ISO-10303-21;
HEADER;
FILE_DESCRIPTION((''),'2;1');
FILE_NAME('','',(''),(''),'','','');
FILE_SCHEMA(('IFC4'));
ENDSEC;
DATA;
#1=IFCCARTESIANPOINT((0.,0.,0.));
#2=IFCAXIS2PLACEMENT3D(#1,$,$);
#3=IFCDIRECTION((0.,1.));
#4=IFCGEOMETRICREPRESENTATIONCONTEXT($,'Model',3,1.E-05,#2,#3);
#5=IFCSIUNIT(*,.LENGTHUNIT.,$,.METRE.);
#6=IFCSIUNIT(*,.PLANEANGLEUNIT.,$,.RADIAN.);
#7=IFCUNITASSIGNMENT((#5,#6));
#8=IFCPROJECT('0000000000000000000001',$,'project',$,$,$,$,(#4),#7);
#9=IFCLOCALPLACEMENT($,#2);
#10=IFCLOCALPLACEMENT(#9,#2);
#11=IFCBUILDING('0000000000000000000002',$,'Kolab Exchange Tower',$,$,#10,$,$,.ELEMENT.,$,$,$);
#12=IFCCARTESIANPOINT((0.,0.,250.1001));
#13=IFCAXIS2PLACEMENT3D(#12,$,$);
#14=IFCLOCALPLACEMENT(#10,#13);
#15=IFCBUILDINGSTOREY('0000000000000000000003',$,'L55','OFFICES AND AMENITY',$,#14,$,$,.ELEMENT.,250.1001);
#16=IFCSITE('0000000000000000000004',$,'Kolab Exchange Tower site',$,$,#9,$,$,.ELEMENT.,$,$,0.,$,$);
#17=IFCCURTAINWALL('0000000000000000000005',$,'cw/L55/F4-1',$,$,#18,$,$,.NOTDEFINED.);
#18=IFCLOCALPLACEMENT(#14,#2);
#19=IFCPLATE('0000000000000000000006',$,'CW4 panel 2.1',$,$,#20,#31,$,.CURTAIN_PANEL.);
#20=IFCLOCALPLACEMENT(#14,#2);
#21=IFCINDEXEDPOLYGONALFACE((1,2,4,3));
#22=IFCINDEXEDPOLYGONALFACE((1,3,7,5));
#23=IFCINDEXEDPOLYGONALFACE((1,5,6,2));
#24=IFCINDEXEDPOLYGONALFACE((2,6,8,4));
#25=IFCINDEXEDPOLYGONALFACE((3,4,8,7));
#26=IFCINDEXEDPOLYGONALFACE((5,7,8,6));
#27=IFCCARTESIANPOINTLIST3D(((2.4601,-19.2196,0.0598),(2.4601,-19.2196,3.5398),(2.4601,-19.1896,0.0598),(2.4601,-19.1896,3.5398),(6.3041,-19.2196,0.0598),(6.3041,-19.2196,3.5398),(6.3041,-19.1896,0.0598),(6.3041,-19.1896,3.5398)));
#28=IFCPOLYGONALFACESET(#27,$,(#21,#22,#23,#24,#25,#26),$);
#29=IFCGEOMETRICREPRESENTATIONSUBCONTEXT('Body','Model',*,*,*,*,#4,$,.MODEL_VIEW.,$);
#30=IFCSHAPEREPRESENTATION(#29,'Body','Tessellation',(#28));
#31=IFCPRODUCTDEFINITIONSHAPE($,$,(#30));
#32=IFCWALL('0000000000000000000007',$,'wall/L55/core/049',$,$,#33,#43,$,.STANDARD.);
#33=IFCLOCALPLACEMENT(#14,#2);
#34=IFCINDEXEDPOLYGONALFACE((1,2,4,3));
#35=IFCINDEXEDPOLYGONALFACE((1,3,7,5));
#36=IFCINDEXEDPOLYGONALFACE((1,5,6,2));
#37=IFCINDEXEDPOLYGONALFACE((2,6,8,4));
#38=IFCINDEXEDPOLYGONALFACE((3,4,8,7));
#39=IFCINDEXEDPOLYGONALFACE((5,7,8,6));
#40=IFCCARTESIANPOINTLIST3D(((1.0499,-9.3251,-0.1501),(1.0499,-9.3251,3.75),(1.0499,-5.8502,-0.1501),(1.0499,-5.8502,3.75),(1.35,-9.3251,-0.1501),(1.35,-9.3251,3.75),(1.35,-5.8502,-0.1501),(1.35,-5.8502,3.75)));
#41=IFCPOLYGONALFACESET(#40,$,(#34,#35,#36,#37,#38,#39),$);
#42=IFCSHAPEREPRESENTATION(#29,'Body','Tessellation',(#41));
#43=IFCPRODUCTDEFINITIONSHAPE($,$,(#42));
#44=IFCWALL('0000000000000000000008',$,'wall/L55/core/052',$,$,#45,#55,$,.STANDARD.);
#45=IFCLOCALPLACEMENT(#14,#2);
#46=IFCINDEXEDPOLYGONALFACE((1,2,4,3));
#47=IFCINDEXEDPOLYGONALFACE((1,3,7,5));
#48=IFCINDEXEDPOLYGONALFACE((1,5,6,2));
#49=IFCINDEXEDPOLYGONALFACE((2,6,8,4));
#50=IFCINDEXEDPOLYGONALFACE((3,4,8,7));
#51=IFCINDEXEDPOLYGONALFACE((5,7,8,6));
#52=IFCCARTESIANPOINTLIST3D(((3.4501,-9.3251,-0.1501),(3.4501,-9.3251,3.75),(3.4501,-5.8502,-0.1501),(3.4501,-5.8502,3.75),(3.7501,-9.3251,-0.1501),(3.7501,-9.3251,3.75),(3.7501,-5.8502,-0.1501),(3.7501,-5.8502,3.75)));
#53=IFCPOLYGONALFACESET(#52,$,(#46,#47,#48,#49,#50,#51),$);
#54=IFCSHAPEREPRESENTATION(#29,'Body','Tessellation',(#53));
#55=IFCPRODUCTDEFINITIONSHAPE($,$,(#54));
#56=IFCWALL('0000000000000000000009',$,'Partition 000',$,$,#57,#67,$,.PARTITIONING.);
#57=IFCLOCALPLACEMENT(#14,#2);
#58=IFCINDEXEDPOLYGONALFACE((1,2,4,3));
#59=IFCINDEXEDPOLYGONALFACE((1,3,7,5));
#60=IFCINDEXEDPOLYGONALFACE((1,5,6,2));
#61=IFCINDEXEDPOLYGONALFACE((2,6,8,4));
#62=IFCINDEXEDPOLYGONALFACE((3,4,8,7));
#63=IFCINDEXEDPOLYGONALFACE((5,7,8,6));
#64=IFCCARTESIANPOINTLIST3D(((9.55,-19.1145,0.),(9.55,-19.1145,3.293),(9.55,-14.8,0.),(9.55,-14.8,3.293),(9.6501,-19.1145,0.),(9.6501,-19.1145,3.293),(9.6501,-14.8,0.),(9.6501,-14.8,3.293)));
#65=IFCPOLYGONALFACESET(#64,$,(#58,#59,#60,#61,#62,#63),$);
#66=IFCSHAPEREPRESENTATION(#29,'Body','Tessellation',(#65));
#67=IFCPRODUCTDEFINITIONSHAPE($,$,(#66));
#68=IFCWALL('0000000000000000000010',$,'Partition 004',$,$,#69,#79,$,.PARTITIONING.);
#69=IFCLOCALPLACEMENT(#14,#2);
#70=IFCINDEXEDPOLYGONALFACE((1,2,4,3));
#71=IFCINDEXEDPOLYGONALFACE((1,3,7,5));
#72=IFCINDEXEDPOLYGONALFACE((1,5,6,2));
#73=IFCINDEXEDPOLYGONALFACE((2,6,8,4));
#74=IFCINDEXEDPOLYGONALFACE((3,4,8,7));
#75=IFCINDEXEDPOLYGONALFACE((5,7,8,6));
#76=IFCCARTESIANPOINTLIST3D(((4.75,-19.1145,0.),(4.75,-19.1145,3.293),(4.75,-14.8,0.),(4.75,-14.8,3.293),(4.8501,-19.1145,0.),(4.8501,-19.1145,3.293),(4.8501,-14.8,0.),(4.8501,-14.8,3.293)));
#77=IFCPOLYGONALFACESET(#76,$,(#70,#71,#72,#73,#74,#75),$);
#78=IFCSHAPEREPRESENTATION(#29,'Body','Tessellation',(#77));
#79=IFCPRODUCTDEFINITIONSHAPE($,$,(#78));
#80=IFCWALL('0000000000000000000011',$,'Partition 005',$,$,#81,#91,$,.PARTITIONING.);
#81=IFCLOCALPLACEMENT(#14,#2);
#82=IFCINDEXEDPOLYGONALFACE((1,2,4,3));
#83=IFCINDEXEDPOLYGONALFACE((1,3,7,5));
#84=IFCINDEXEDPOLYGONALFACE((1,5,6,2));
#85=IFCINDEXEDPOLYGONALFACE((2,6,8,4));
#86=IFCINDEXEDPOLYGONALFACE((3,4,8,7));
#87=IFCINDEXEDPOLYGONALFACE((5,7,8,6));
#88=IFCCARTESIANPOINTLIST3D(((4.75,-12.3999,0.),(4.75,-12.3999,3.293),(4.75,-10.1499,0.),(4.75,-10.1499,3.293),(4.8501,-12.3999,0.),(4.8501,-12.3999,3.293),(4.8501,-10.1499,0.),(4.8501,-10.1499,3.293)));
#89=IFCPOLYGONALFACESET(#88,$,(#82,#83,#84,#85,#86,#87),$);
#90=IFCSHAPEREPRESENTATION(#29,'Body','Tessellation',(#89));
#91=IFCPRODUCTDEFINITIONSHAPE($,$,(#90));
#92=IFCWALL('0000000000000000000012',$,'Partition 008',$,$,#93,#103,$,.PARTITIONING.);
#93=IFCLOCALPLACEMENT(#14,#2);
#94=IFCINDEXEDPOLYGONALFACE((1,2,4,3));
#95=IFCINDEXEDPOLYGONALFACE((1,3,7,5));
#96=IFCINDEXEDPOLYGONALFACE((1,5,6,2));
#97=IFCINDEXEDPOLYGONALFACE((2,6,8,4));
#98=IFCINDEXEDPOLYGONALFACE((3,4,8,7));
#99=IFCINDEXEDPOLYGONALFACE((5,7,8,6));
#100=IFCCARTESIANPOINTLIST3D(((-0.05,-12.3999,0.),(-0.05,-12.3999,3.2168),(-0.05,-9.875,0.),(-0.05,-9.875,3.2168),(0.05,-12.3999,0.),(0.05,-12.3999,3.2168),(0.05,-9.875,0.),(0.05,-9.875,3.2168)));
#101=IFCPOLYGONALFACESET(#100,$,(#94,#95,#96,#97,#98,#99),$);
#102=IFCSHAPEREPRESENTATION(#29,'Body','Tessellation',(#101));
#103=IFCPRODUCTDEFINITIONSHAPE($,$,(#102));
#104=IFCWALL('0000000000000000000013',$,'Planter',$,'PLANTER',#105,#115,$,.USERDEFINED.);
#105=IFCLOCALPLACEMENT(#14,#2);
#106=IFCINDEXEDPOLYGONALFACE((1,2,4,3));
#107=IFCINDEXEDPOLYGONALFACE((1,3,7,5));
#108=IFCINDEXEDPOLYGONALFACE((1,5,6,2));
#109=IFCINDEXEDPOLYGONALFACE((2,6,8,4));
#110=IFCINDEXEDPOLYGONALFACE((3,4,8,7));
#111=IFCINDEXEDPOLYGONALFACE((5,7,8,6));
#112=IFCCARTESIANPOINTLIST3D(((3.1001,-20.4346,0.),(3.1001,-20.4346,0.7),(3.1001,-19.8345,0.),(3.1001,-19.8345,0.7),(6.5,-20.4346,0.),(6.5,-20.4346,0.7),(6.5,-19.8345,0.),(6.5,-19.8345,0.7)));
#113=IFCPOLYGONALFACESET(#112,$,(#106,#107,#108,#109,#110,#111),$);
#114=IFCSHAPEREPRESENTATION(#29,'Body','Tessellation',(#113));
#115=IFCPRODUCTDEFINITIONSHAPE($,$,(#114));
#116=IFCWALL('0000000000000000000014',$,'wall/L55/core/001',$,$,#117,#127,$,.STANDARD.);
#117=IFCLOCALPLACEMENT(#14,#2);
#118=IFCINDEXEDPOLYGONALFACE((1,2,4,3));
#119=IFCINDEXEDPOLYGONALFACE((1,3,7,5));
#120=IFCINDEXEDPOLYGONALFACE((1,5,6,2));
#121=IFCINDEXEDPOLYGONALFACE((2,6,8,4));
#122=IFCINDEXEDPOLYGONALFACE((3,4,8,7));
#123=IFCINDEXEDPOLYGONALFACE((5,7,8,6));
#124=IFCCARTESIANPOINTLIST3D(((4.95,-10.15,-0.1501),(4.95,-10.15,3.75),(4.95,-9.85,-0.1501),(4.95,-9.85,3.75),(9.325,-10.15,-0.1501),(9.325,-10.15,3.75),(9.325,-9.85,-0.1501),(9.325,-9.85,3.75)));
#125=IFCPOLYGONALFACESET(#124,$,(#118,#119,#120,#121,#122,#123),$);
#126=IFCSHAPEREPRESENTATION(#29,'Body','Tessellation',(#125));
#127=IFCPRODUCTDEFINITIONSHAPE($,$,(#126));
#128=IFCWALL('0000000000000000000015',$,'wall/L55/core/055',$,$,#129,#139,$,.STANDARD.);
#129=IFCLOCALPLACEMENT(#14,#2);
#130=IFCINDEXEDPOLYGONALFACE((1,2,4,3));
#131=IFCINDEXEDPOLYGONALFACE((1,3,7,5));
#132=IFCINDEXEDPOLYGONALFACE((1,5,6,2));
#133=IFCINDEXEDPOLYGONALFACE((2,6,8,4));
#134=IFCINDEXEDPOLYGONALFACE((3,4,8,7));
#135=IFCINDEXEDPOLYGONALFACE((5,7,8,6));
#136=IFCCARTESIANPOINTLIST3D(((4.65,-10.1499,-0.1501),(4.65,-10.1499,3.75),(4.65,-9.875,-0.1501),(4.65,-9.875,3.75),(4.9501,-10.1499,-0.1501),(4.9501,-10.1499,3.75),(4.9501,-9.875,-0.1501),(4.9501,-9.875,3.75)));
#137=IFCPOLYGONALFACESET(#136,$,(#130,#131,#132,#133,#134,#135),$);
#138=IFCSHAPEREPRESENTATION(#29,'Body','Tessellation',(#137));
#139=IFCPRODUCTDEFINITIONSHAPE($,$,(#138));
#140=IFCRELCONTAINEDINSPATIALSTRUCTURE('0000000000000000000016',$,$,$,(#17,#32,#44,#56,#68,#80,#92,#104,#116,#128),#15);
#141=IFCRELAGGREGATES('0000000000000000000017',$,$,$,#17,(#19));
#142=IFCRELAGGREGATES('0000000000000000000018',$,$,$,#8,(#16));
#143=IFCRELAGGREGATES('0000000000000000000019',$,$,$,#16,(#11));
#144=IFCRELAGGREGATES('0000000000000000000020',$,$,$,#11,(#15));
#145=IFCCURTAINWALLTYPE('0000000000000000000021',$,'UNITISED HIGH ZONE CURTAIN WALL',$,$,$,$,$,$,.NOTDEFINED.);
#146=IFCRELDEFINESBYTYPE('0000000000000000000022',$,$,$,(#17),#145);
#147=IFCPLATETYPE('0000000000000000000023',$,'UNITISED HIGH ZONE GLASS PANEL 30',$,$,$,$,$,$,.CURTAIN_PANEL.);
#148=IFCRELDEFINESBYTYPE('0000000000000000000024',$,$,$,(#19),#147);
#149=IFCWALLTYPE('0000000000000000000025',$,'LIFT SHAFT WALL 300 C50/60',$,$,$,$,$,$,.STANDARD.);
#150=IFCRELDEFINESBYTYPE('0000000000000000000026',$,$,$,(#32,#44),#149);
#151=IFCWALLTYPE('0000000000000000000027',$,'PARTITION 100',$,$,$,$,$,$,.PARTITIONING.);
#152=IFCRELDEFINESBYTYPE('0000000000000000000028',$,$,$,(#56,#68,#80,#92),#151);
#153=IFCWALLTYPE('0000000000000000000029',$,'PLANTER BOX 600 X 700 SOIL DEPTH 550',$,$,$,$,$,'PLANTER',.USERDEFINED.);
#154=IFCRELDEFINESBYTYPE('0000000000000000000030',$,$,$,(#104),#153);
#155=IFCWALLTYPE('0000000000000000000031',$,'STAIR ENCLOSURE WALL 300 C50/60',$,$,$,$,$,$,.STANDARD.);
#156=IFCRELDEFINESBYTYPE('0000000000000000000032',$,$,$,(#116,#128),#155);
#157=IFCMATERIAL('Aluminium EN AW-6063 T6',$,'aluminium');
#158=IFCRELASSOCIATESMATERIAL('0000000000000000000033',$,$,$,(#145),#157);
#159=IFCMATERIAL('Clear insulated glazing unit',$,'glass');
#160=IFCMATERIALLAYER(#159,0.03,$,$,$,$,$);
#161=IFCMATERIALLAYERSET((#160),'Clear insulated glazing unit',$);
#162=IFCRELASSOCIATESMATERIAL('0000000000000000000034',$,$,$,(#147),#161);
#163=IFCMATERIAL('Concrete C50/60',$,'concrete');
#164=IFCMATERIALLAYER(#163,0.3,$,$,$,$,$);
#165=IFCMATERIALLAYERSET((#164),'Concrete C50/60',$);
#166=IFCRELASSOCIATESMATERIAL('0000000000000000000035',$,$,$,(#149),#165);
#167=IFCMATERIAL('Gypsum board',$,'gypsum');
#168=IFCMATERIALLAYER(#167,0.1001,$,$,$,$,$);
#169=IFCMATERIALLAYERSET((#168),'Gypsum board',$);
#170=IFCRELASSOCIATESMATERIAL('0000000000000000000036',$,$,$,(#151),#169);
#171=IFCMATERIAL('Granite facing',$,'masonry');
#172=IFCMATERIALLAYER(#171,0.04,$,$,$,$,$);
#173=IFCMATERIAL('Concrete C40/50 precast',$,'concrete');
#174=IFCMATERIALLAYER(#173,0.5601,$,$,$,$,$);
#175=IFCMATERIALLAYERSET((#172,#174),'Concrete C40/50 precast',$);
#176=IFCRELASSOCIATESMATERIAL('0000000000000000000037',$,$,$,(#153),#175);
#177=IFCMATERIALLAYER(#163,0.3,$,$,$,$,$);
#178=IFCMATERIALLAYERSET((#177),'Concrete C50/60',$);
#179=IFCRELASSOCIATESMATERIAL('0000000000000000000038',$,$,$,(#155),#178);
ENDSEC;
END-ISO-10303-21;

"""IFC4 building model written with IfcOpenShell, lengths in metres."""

from ifc_helpers import new_model, si_unit, direction, frame, frame_2d, origin, origin_2d, place, context, subcontext, project, spatial, rectangle, extrude, material, layer, layer_set, type_object, element, aggregate, save


model = new_model("IFC4")

# Units and contexts
model_context = context("Model", 3, precision=1e-05, world=origin(), true_north=direction((0.0, 1.0)))
body_context = subcontext(model_context, "Body", "Model", "MODEL_VIEW")
ifc_project = project(units=[si_unit("LENGTHUNIT", "METRE"), si_unit("PLANEANGLEUNIT", "RADIAN")], contexts=[model_context])

# Site, building, storey
site_placement = place(None, origin())
site = spatial("IfcSite", under=ifc_project, at=site_placement, Name="Kolab Exchange Tower site", CompositionType="ELEMENT", RefElevation=0.0)
building_placement = place(site_placement, origin())
building = spatial("IfcBuilding", under=site, at=building_placement, Name="Kolab Exchange Tower", CompositionType="ELEMENT")
storey_placement = place(building_placement, frame((0.0, 0.0, 250.1001)))
storey = spatial("IfcBuildingStorey", under=building, at=storey_placement, Name="L55", Description="OFFICES AND AMENITY", CompositionType="ELEMENT", Elevation=250.1001)

# Shared definitions
ifc_material_1 = material(Name="Concrete C50/60", Category="concrete")

# Curtain wall, plate
ifc_material_2 = material(Name="Aluminium EN AW-6063 T6", Category="aluminium")
curtain_wall_type = type_object("IfcCurtainWallType", Name="UNITISED HIGH ZONE CURTAIN WALL", PredefinedType="NOTDEFINED", material=ifc_material_2)
curtain_wall_placement = place(storey_placement, origin())
curtain_wall = element("IfcCurtainWall", 1, at=curtain_wall_placement, inside=storey, type_object=curtain_wall_type, Name="cw/L55/F4-1", PredefinedType="NOTDEFINED")
ifc_material_3 = material(Name="Clear insulated glazing unit", Category="glass")
ifc_layer_1 = layer(ifc_material_3, 0.03)
ifc_layer_set_1 = layer_set([ifc_layer_1], Name="Clear insulated glazing unit")
plate_type = type_object("IfcPlateType", Name="UNITISED HIGH ZONE GLASS PANEL 30", PredefinedType="CURTAIN_PANEL", material=ifc_layer_set_1)
plate_1_placement = place(storey_placement, frame((4.3821, -19.2046, 0.0598), z_axis=(0.0, 0.0, 1.0), x_axis=(-1.0, 0.0, 0.0)))
plate_1 = element("IfcPlate", 2, at=plate_1_placement, type_object=plate_type, Name="CW4 panel 2.1", PredefinedType="CURTAIN_PANEL", context=body_context, shape_type="SweptSolid", body=[
    extrude(rectangle(XDim=3.844, YDim=0.03, at=origin_2d()), origin(), (0.0, 0.0, 1.0), 3.48),
])
aggregate(curtain_wall, [plate_1])

# Walls
ifc_layer_2 = layer(ifc_material_1, 0.3)
ifc_layer_set_2 = layer_set([ifc_layer_2], Name="Concrete C50/60")
wall_type_1 = type_object("IfcWallType", Name="LIFT SHAFT WALL 300 C50/60", PredefinedType="STANDARD", material=ifc_layer_set_2)
for number, where, z_axis, x_axis, name in (
    (3, (1.2, -9.325, -0.1501), (0.0, 0.0, 1.0), (0.0, 1.0, 0.0), "wall/L55/core/049"),
    (4, (3.6001, -9.325, -0.1501), (0.0, 0.0, 1.0), (0.0, 1.0, 0.0), "wall/L55/core/052"),
):
    element("IfcWall", number, at=place(storey_placement, frame(where, z_axis=z_axis, x_axis=x_axis)), inside=storey, type_object=wall_type_1, Name=name, PredefinedType="STANDARD", context=body_context, shape_type="SweptSolid", body=[
        extrude(rectangle(XDim=3.4749, YDim=0.3, at=frame_2d((1.7373, 0.0))), origin(), (0.0, 0.0, 1.0), 3.9001),
    ])
ifc_material_4 = material(Name="Gypsum board", Category="gypsum")
ifc_layer_3 = layer(ifc_material_4, 0.1001)
ifc_layer_set_3 = layer_set([ifc_layer_3], Name="Gypsum board")
wall_type_2 = type_object("IfcWallType", Name="PARTITION 100", PredefinedType="PARTITIONING", material=ifc_layer_set_3)
for number, where, z_axis, x_axis, name in (
    (5, (9.6001, -19.1145, 0.0), (0.0, 0.0, 1.0), (0.0, 1.0, 0.0), "Partition 000"),
    (6, (4.8, -19.1145, 0.0), (0.0, 0.0, 1.0), (0.0, 1.0, 0.0), "Partition 004"),
):
    element("IfcWall", number, at=place(storey_placement, frame(where, z_axis=z_axis, x_axis=x_axis)), inside=storey, type_object=wall_type_2, Name=name, PredefinedType="PARTITIONING", context=body_context, shape_type="SweptSolid", body=[
        extrude(rectangle(XDim=4.3145, YDim=0.1001, at=frame_2d((2.1572, 0.0))), origin(), (0.0, 0.0, 1.0), 3.293),
    ])
wall_1_placement = place(storey_placement, frame((4.8, -12.3999, 0.0), z_axis=(0.0, 0.0, 1.0), x_axis=(0.0, 1.0, 0.0)))
element("IfcWall", 7, at=wall_1_placement, inside=storey, type_object=wall_type_2, Name="Partition 005", PredefinedType="PARTITIONING", context=body_context, shape_type="SweptSolid", body=[
    extrude(rectangle(XDim=2.25, YDim=0.1001, at=frame_2d((1.125, 0.0))), origin(), (0.0, 0.0, 1.0), 3.293),
])
wall_2_placement = place(storey_placement, frame((0.0, -12.3999, 0.0), z_axis=(0.0, 0.0, 1.0), x_axis=(0.0, 1.0, 0.0)))
element("IfcWall", 8, at=wall_2_placement, inside=storey, type_object=wall_type_2, Name="Partition 008", PredefinedType="PARTITIONING", context=body_context, shape_type="SweptSolid", body=[
    extrude(rectangle(XDim=2.5249, YDim=0.1001, at=frame_2d((1.2625, 0.0))), origin(), (0.0, 0.0, 1.0), 3.2168),
])
ifc_material_5 = material(Name="Granite facing", Category="masonry")
ifc_layer_4 = layer(ifc_material_5, 0.04)
ifc_material_6 = material(Name="Concrete C40/50 precast", Category="concrete")
ifc_layer_5 = layer(ifc_material_6, 0.5601)
ifc_layer_set_4 = layer_set([ifc_layer_4, ifc_layer_5], Name="Concrete C40/50 precast")
wall_type_3 = type_object("IfcWallType", Name="PLANTER BOX 600 X 700 SOIL DEPTH 550", ElementType="PLANTER", PredefinedType="USERDEFINED", material=ifc_layer_set_4)
wall_3_placement = place(storey_placement, frame((6.5, -20.1345, 0.0), z_axis=(0.0, 0.0, 1.0), x_axis=(-1.0, 0.0, 0.0)))
element("IfcWall", 9, at=wall_3_placement, inside=storey, type_object=wall_type_3, Name="Planter", ObjectType="PLANTER", PredefinedType="USERDEFINED", context=body_context, shape_type="SweptSolid", body=[
    extrude(rectangle(XDim=3.3999, YDim=0.6001, at=frame_2d((1.7, 0.0))), origin(), (0.0, 0.0, 1.0), 0.7),
])
ifc_layer_6 = layer(ifc_material_1, 0.3)
ifc_layer_set_5 = layer_set([ifc_layer_6], Name="Concrete C50/60")
wall_type_4 = type_object("IfcWallType", Name="STAIR ENCLOSURE WALL 300 C50/60", PredefinedType="STANDARD", material=ifc_layer_set_5)
wall_4_placement = place(storey_placement, frame((4.95, -10.0, -0.1501), z_axis=(0.0, 0.0, 1.0), x_axis=(1.0, 0.0, 0.0)))
element("IfcWall", 10, at=wall_4_placement, inside=storey, type_object=wall_type_4, Name="wall/L55/core/001", PredefinedType="STANDARD", context=body_context, shape_type="SweptSolid", body=[
    extrude(rectangle(XDim=4.375, YDim=0.3, at=frame_2d((2.1875, 0.0))), origin(), (0.0, 0.0, 1.0), 3.9001),
])
wall_5_placement = place(storey_placement, frame((4.8, -10.1499, -0.1501), z_axis=(0.0, 0.0, 1.0), x_axis=(0.0, 1.0, 0.0)))
element("IfcWall", 11, at=wall_5_placement, inside=storey, type_object=wall_type_4, Name="wall/L55/core/055", PredefinedType="STANDARD", context=body_context, shape_type="SweptSolid", body=[
    extrude(rectangle(XDim=0.2749, YDim=0.3, at=frame_2d((0.1375, 0.0))), origin(), (0.0, 0.0, 1.0), 3.9001),
])

save(model, "model.ifc")
